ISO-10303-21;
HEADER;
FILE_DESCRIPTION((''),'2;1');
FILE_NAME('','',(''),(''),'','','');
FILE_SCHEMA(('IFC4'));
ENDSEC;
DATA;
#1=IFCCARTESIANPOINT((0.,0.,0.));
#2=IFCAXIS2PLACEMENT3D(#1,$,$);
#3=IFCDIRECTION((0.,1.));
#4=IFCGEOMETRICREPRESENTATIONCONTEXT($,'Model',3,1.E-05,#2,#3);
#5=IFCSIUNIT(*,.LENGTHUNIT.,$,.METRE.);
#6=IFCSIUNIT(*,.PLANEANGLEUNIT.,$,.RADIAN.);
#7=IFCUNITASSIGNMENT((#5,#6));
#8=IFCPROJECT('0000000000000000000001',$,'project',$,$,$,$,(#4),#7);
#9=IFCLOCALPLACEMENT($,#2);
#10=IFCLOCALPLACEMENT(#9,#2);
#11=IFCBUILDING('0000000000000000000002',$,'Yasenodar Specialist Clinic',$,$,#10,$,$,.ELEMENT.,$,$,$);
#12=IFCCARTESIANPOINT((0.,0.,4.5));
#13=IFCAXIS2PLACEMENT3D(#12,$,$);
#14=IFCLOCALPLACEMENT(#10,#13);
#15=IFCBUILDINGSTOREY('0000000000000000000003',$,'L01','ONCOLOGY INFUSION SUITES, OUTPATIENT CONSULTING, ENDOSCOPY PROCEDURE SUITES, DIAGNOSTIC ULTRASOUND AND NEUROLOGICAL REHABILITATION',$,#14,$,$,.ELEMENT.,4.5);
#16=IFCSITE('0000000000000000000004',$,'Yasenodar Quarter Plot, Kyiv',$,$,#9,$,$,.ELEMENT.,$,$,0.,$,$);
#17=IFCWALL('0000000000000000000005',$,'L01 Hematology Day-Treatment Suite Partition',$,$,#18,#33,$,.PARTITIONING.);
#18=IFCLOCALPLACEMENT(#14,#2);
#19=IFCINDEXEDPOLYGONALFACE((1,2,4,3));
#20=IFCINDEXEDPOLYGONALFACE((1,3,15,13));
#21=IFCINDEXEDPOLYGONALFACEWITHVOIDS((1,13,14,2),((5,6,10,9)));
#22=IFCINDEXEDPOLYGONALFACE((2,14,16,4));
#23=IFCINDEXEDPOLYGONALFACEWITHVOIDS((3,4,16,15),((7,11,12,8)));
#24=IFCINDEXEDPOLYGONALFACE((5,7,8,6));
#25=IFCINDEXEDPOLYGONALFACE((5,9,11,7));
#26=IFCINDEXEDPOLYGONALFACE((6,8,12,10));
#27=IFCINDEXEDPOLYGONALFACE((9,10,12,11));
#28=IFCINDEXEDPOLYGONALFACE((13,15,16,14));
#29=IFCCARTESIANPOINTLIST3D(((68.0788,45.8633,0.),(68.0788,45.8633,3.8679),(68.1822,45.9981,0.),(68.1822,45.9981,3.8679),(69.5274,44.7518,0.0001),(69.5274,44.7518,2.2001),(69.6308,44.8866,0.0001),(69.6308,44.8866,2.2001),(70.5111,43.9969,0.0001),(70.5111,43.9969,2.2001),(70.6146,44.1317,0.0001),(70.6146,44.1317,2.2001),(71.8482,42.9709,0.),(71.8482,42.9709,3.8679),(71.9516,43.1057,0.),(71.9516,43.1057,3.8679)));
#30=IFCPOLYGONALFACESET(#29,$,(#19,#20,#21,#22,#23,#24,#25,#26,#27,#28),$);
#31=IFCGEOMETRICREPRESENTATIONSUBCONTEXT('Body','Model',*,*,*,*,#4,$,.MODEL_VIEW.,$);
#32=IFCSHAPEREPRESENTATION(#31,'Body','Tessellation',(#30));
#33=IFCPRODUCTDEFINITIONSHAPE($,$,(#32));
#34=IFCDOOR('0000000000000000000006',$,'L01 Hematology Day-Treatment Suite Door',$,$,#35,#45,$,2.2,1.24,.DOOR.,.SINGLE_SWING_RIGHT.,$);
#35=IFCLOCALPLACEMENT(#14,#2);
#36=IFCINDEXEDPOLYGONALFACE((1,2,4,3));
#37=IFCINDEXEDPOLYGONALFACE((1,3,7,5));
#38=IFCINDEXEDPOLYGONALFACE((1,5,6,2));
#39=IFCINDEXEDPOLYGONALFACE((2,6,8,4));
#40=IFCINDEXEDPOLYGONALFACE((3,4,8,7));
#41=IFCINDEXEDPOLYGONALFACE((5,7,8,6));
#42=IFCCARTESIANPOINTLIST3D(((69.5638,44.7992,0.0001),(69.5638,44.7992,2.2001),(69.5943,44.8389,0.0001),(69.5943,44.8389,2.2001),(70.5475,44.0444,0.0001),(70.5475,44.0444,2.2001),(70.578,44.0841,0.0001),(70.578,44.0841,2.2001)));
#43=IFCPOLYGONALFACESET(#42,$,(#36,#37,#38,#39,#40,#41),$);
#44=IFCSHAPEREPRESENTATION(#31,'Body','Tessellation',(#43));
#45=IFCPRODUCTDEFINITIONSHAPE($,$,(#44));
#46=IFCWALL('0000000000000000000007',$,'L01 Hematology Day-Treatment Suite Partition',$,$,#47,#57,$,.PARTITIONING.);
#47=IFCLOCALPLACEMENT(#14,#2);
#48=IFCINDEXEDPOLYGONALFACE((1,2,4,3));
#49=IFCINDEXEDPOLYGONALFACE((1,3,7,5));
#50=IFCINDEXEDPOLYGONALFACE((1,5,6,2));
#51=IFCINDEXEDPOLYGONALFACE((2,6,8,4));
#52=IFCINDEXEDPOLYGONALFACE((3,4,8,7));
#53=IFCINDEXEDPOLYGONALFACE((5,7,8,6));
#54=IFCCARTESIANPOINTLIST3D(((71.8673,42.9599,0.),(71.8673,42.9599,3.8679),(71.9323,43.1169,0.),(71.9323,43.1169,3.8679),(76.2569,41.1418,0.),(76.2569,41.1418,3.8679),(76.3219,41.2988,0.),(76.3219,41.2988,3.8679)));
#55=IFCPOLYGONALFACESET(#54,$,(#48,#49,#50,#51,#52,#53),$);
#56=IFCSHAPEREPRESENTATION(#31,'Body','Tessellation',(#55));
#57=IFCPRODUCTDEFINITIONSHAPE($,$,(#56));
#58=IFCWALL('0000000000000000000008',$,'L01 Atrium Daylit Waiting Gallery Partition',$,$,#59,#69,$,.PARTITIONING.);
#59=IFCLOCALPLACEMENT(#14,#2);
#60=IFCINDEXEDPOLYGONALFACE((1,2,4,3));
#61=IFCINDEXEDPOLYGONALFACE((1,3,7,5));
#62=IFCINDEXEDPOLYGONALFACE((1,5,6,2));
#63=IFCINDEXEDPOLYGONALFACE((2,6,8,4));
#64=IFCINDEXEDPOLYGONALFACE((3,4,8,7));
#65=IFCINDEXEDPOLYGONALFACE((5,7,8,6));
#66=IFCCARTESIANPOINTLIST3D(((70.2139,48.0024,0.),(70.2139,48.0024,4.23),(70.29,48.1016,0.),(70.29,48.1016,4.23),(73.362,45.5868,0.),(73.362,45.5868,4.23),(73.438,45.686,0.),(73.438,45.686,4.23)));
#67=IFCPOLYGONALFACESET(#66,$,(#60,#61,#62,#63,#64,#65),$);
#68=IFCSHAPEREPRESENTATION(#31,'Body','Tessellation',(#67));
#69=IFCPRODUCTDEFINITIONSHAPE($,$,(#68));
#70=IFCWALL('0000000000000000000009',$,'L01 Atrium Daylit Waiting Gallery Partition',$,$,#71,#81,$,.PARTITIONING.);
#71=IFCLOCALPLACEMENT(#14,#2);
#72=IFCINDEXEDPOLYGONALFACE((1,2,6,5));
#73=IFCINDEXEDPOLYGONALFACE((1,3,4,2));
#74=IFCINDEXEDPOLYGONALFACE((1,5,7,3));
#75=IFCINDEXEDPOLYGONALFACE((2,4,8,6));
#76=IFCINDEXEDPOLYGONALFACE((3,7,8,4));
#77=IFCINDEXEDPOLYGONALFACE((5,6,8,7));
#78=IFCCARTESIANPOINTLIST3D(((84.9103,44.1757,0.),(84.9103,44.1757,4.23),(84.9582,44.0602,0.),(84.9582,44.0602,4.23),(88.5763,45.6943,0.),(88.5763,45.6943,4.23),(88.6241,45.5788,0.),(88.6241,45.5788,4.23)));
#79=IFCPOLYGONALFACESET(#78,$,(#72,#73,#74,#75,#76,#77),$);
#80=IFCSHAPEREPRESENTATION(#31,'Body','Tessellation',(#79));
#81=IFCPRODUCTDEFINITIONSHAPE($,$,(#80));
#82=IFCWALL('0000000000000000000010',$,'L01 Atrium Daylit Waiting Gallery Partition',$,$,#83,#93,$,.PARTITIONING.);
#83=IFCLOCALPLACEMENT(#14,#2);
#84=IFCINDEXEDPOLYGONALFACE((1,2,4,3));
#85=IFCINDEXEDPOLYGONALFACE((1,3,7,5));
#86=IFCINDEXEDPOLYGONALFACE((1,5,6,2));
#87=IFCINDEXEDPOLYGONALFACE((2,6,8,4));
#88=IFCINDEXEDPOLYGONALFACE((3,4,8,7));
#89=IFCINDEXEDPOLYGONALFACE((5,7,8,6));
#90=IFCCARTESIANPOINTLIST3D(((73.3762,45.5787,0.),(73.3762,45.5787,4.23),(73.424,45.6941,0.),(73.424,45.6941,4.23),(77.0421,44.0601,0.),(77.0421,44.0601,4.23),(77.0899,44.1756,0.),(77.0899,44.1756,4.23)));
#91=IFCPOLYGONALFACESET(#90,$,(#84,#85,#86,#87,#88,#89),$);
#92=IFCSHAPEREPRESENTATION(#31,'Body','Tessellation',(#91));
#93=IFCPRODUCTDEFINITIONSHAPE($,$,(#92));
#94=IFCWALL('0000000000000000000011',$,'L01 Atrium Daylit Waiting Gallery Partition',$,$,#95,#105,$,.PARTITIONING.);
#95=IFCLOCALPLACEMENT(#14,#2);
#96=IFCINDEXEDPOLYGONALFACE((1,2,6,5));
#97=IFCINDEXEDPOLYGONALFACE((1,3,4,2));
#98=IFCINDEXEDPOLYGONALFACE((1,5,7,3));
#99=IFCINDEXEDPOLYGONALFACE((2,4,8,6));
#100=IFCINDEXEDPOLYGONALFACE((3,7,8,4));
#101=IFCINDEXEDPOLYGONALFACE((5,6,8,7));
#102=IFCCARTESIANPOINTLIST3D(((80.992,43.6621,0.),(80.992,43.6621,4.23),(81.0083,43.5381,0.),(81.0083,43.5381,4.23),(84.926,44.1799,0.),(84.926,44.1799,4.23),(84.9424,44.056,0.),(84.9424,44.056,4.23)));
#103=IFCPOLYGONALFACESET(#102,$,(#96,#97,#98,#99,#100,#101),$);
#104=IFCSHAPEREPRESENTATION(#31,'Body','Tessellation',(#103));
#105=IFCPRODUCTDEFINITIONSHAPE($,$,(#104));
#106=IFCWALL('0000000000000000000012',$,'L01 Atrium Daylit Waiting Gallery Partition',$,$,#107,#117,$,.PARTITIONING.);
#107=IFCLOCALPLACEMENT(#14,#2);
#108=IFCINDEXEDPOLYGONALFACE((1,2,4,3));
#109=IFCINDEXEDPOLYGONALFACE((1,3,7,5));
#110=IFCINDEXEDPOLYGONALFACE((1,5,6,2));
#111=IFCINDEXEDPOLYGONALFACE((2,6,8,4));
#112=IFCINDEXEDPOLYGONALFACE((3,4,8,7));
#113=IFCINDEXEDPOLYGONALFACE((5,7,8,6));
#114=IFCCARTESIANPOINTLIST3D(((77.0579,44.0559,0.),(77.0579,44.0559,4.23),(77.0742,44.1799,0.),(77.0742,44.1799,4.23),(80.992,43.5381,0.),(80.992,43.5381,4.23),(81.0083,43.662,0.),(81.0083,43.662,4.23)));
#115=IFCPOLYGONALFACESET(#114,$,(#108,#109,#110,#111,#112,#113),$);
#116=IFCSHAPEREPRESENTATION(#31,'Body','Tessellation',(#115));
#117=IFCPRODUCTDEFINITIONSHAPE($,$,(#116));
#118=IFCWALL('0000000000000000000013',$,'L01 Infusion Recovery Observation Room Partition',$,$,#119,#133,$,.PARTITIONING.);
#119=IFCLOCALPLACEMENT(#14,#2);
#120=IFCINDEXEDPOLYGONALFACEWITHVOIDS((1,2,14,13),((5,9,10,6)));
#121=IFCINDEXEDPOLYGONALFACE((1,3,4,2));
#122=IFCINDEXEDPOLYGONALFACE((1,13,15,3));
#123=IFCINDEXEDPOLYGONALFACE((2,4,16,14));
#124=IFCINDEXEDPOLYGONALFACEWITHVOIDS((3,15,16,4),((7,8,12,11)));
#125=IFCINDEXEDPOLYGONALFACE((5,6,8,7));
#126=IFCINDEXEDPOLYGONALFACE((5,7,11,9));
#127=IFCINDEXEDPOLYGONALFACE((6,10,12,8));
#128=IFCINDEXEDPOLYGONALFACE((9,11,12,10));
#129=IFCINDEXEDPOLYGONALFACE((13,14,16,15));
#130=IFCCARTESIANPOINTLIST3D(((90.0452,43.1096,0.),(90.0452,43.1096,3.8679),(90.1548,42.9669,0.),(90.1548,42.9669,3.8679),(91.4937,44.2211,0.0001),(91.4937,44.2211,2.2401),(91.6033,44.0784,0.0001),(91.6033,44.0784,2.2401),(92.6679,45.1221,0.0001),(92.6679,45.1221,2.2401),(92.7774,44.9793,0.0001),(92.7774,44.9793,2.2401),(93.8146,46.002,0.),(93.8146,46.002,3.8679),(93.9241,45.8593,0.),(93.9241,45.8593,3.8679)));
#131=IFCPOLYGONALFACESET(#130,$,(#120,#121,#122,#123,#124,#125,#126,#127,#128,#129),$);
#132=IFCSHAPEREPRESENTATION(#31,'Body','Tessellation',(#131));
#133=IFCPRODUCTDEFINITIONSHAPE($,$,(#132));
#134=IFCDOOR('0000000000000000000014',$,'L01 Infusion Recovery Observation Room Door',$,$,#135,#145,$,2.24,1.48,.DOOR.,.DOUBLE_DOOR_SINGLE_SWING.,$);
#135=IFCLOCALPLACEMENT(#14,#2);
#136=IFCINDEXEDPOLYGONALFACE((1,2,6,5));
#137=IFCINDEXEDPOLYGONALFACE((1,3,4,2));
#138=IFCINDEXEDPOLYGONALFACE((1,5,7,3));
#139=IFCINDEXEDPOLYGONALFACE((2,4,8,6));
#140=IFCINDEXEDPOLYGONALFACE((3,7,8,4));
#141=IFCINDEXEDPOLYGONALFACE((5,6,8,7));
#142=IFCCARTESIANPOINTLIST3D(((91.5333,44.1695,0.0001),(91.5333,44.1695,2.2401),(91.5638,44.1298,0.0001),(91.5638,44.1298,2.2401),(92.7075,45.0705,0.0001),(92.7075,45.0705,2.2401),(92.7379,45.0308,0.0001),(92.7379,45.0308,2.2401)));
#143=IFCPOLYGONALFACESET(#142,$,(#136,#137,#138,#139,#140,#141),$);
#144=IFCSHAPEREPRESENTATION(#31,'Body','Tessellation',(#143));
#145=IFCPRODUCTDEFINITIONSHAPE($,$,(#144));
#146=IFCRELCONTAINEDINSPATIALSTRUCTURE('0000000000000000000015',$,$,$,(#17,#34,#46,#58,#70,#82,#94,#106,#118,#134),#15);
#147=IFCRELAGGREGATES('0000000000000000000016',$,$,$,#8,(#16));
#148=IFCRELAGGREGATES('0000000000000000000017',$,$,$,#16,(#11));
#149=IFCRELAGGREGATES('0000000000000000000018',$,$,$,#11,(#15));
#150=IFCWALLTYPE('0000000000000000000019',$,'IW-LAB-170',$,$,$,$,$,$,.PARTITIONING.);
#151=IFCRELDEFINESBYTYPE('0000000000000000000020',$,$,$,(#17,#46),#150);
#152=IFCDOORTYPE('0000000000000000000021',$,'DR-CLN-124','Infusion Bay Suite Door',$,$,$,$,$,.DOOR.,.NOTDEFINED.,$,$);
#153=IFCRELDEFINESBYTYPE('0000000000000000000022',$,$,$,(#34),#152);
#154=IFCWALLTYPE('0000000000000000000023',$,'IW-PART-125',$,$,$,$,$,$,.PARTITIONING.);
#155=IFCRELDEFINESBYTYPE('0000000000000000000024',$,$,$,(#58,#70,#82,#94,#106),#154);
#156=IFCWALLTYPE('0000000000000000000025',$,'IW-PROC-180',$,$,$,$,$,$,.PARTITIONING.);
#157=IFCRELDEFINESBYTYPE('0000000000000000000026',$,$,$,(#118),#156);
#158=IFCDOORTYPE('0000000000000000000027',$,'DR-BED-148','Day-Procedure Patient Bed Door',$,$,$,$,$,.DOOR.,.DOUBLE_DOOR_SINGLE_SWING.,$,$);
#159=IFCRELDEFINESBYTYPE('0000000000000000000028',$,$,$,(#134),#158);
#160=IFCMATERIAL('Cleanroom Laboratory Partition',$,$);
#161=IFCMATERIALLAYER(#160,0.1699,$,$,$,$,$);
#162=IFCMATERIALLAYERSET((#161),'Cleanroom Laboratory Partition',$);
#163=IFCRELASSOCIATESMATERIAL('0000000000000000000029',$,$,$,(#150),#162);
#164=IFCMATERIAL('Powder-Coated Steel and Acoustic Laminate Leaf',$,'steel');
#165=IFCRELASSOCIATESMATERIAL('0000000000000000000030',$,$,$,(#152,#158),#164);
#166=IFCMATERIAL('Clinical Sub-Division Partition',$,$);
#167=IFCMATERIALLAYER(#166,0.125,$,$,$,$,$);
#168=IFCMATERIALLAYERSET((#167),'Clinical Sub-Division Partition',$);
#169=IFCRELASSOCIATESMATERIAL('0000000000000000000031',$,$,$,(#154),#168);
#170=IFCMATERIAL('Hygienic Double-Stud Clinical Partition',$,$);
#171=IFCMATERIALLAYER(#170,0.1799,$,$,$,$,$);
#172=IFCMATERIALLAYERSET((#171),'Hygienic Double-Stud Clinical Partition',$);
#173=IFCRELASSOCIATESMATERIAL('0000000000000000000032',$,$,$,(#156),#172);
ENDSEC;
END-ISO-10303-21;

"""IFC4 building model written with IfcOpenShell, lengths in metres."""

from ifc_helpers import new_model, si_unit, direction, frame, frame_2d, origin, place, context, subcontext, project, spatial, rectangle, extrude, material, layer, layer_set, type_object, element, fill, save


model = new_model("IFC4")

# Units and contexts
model_context = context("Model", 3, precision=1e-05, world=origin(), true_north=direction((0.0, 1.0)))
body_context = subcontext(model_context, "Body", "Model", "MODEL_VIEW")
ifc_project = project(units=[si_unit("LENGTHUNIT", "METRE"), si_unit("PLANEANGLEUNIT", "RADIAN")], contexts=[model_context])

# Site, building, storey
site_placement = place(None, origin())
site = spatial("IfcSite", under=ifc_project, at=site_placement, Name="Yasenodar Quarter Plot, Kyiv", CompositionType="ELEMENT", RefElevation=0.0)
building_placement = place(site_placement, origin())
building = spatial("IfcBuilding", under=site, at=building_placement, Name="Yasenodar Specialist Clinic", CompositionType="ELEMENT")
storey_placement = place(building_placement, frame((0.0, 0.0, 4.5)))
storey = spatial("IfcBuildingStorey", under=building, at=storey_placement, Name="L01", Description="ONCOLOGY INFUSION SUITES, OUTPATIENT CONSULTING, ENDOSCOPY PROCEDURE SUITES, DIAGNOSTIC ULTRASOUND AND NEUROLOGICAL REHABILITATION", CompositionType="ELEMENT", Elevation=4.5)

# Wall, opening, door
ifc_material_1 = material(Name="Cleanroom Laboratory Partition")
ifc_layer_1 = layer(ifc_material_1, 0.1699)
ifc_layer_set_1 = layer_set([ifc_layer_1], Name="Cleanroom Laboratory Partition")
wall_type_1 = type_object("IfcWallType", Name="IW-LAB-170", PredefinedType="PARTITIONING", material=ifc_layer_set_1)
wall_1_placement = place(storey_placement, frame((68.1306, 45.9307, 0.0), z_axis=(0.0, 0.0, 1.0), x_axis=(0.793347, -0.608769, 0.0)))
wall_1 = element("IfcWall", 1, at=wall_1_placement, inside=storey, type_object=wall_type_1, Name="L01 Hematology Day-Treatment Suite Partition", PredefinedType="PARTITIONING", context=body_context, shape_type="SweptSolid", body=[
    extrude(rectangle(XDim=4.7512, YDim=0.1699, at=frame_2d((2.3755, 0.0))), origin(), (0.0, 0.0, 1.0), 3.8679),
])
opening_1_placement = place(wall_1_placement, frame((1.8257, 0.0, 0.0)))
opening_1 = element("IfcOpeningElement", 2, at=opening_1_placement, cuts=wall_1, PredefinedType="OPENING", context=body_context, shape_type="SweptSolid", body=[
    extrude(rectangle(XDim=1.24, YDim=2.2, at=frame_2d((0.6201, 1.1001))), frame((0.0, 0.095, 0.0), z_axis=(0.0, -1.0, 0.0), x_axis=(1.0, 0.0, 0.0)), (0.0, 0.0, 1.0), 0.1899),
])
ifc_material_2 = material(Name="Powder-Coated Steel and Acoustic Laminate Leaf", Category="steel")
door_type_1 = type_object("IfcDoorType", Name="DR-CLN-124", Description="Infusion Bay Suite Door", OperationType="NOTDEFINED", PredefinedType="DOOR", material=ifc_material_2)
door_1_placement = place(opening_1_placement, origin())
door_1 = element("IfcDoor", 3, at=door_1_placement, inside=storey, type_object=door_type_1, Name="L01 Hematology Day-Treatment Suite Door", OperationType="SINGLE_SWING_RIGHT", OverallHeight=2.2, OverallWidth=1.24, PredefinedType="DOOR", context=body_context, shape_type="SweptSolid", body=[
    extrude(rectangle(XDim=1.24, YDim=2.2, at=frame_2d((0.6201, 1.1001))), frame((0.0, 0.0249, 0.0), z_axis=(0.0, -1.0, 0.0), x_axis=(1.0, 0.0, 0.0)), (0.0, 0.0, 1.0), 0.05),
])
fill(opening_1, door_1)

# Walls
wall_2_placement = place(storey_placement, frame((71.8999, 43.0383, 0.0), z_axis=(0.0, 0.0, 1.0), x_axis=(0.92389, -0.382659, 0.0)))
element("IfcWall", 4, at=wall_2_placement, inside=storey, type_object=wall_type_1, Name="L01 Hematology Day-Treatment Suite Partition", PredefinedType="PARTITIONING", context=body_context, shape_type="SweptSolid", body=[
    extrude(rectangle(XDim=4.7512, YDim=0.1699, at=frame_2d((2.3755, 0.0))), origin(), (0.0, 0.0, 1.0), 3.8679),
])
ifc_material_3 = material(Name="Clinical Sub-Division Partition")
ifc_layer_2 = layer(ifc_material_3, 0.125)
ifc_layer_set_2 = layer_set([ifc_layer_2], Name="Clinical Sub-Division Partition")
wall_type_2 = type_object("IfcWallType", Name="IW-PART-125", PredefinedType="PARTITIONING", material=ifc_layer_set_2)
for number, where, z_axis, x_axis, name in (
    (5, (73.3999, 45.6365, 0.0), (0.0, 0.0, 1.0), (-0.793351, 0.608765, 0.0), "L01 Atrium Daylit Waiting Gallery Partition"),
    (6, (88.6001, 45.6365, 0.0), (0.0, 0.0, 1.0), (-0.923876, -0.382692, 0.0), "L01 Atrium Daylit Waiting Gallery Partition"),
    (7, (77.0659, 44.1179, 0.0), (0.0, 0.0, 1.0), (-0.923876, 0.382692, 0.0), "L01 Atrium Daylit Waiting Gallery Partition"),
    (8, (84.9341, 44.1179, 0.0), (0.0, 0.0, 1.0), (-0.991448, -0.130499, 0.0), "L01 Atrium Daylit Waiting Gallery Partition"),
    (9, (81.0, 43.6001, 0.0), (0.0, 0.0, 1.0), (-0.991448, 0.130499, 0.0), "L01 Atrium Daylit Waiting Gallery Partition"),
):
    element("IfcWall", number, at=place(storey_placement, frame(where, z_axis=z_axis, x_axis=x_axis)), inside=storey, type_object=wall_type_2, Name=name, PredefinedType="PARTITIONING", context=body_context, shape_type="SweptSolid", body=[
        extrude(rectangle(XDim=3.968, YDim=0.125, at=frame_2d((1.9839, 0.0))), origin(), (0.0, 0.0, 1.0), 4.23),
    ])

# Wall, opening, door
ifc_material_4 = material(Name="Hygienic Double-Stud Clinical Partition")
ifc_layer_3 = layer(ifc_material_4, 0.1799)
ifc_layer_set_3 = layer_set([ifc_layer_3], Name="Hygienic Double-Stud Clinical Partition")
wall_type_3 = type_object("IfcWallType", Name="IW-PROC-180", PredefinedType="PARTITIONING", material=ifc_layer_set_3)
wall_3_placement = place(storey_placement, frame((90.1001, 43.0383, 0.0), z_axis=(0.0, 0.0, 1.0), x_axis=(0.793347, 0.608769, 0.0)))
wall_3 = element("IfcWall", 10, at=wall_3_placement, inside=storey, type_object=wall_type_3, Name="L01 Infusion Recovery Observation Room Partition", PredefinedType="PARTITIONING", context=body_context, shape_type="SweptSolid", body=[
    extrude(rectangle(XDim=4.7512, YDim=0.1799, at=frame_2d((2.3755, 0.0))), origin(), (0.0, 0.0, 1.0), 3.8679),
])
opening_2_placement = place(wall_3_placement, frame((1.8257, 0.0, 0.0)))
opening_2 = element("IfcOpeningElement", 11, at=opening_2_placement, cuts=wall_3, PredefinedType="OPENING", context=body_context, shape_type="SweptSolid", body=[
    extrude(rectangle(XDim=1.48, YDim=2.24, at=frame_2d((0.74, 1.1201))), frame((0.0, 0.1001, 0.0), z_axis=(0.0, -1.0, 0.0), x_axis=(1.0, 0.0, 0.0)), (0.0, 0.0, 1.0), 0.2),
])
door_type_2 = type_object("IfcDoorType", Name="DR-BED-148", Description="Day-Procedure Patient Bed Door", OperationType="DOUBLE_DOOR_SINGLE_SWING", PredefinedType="DOOR", material=ifc_material_2)
door_2_placement = place(opening_2_placement, origin())
door_2 = element("IfcDoor", 12, at=door_2_placement, inside=storey, type_object=door_type_2, Name="L01 Infusion Recovery Observation Room Door", OperationType="DOUBLE_DOOR_SINGLE_SWING", OverallHeight=2.24, OverallWidth=1.48, PredefinedType="DOOR", context=body_context, shape_type="SweptSolid", body=[
    extrude(rectangle(XDim=1.48, YDim=2.24, at=frame_2d((0.74, 1.1201))), frame((0.0, 0.0249, 0.0), z_axis=(0.0, -1.0, 0.0), x_axis=(1.0, 0.0, 0.0)), (0.0, 0.0, 1.0), 0.05),
])
fill(opening_2, door_2)

save(model, "model.ifc")
